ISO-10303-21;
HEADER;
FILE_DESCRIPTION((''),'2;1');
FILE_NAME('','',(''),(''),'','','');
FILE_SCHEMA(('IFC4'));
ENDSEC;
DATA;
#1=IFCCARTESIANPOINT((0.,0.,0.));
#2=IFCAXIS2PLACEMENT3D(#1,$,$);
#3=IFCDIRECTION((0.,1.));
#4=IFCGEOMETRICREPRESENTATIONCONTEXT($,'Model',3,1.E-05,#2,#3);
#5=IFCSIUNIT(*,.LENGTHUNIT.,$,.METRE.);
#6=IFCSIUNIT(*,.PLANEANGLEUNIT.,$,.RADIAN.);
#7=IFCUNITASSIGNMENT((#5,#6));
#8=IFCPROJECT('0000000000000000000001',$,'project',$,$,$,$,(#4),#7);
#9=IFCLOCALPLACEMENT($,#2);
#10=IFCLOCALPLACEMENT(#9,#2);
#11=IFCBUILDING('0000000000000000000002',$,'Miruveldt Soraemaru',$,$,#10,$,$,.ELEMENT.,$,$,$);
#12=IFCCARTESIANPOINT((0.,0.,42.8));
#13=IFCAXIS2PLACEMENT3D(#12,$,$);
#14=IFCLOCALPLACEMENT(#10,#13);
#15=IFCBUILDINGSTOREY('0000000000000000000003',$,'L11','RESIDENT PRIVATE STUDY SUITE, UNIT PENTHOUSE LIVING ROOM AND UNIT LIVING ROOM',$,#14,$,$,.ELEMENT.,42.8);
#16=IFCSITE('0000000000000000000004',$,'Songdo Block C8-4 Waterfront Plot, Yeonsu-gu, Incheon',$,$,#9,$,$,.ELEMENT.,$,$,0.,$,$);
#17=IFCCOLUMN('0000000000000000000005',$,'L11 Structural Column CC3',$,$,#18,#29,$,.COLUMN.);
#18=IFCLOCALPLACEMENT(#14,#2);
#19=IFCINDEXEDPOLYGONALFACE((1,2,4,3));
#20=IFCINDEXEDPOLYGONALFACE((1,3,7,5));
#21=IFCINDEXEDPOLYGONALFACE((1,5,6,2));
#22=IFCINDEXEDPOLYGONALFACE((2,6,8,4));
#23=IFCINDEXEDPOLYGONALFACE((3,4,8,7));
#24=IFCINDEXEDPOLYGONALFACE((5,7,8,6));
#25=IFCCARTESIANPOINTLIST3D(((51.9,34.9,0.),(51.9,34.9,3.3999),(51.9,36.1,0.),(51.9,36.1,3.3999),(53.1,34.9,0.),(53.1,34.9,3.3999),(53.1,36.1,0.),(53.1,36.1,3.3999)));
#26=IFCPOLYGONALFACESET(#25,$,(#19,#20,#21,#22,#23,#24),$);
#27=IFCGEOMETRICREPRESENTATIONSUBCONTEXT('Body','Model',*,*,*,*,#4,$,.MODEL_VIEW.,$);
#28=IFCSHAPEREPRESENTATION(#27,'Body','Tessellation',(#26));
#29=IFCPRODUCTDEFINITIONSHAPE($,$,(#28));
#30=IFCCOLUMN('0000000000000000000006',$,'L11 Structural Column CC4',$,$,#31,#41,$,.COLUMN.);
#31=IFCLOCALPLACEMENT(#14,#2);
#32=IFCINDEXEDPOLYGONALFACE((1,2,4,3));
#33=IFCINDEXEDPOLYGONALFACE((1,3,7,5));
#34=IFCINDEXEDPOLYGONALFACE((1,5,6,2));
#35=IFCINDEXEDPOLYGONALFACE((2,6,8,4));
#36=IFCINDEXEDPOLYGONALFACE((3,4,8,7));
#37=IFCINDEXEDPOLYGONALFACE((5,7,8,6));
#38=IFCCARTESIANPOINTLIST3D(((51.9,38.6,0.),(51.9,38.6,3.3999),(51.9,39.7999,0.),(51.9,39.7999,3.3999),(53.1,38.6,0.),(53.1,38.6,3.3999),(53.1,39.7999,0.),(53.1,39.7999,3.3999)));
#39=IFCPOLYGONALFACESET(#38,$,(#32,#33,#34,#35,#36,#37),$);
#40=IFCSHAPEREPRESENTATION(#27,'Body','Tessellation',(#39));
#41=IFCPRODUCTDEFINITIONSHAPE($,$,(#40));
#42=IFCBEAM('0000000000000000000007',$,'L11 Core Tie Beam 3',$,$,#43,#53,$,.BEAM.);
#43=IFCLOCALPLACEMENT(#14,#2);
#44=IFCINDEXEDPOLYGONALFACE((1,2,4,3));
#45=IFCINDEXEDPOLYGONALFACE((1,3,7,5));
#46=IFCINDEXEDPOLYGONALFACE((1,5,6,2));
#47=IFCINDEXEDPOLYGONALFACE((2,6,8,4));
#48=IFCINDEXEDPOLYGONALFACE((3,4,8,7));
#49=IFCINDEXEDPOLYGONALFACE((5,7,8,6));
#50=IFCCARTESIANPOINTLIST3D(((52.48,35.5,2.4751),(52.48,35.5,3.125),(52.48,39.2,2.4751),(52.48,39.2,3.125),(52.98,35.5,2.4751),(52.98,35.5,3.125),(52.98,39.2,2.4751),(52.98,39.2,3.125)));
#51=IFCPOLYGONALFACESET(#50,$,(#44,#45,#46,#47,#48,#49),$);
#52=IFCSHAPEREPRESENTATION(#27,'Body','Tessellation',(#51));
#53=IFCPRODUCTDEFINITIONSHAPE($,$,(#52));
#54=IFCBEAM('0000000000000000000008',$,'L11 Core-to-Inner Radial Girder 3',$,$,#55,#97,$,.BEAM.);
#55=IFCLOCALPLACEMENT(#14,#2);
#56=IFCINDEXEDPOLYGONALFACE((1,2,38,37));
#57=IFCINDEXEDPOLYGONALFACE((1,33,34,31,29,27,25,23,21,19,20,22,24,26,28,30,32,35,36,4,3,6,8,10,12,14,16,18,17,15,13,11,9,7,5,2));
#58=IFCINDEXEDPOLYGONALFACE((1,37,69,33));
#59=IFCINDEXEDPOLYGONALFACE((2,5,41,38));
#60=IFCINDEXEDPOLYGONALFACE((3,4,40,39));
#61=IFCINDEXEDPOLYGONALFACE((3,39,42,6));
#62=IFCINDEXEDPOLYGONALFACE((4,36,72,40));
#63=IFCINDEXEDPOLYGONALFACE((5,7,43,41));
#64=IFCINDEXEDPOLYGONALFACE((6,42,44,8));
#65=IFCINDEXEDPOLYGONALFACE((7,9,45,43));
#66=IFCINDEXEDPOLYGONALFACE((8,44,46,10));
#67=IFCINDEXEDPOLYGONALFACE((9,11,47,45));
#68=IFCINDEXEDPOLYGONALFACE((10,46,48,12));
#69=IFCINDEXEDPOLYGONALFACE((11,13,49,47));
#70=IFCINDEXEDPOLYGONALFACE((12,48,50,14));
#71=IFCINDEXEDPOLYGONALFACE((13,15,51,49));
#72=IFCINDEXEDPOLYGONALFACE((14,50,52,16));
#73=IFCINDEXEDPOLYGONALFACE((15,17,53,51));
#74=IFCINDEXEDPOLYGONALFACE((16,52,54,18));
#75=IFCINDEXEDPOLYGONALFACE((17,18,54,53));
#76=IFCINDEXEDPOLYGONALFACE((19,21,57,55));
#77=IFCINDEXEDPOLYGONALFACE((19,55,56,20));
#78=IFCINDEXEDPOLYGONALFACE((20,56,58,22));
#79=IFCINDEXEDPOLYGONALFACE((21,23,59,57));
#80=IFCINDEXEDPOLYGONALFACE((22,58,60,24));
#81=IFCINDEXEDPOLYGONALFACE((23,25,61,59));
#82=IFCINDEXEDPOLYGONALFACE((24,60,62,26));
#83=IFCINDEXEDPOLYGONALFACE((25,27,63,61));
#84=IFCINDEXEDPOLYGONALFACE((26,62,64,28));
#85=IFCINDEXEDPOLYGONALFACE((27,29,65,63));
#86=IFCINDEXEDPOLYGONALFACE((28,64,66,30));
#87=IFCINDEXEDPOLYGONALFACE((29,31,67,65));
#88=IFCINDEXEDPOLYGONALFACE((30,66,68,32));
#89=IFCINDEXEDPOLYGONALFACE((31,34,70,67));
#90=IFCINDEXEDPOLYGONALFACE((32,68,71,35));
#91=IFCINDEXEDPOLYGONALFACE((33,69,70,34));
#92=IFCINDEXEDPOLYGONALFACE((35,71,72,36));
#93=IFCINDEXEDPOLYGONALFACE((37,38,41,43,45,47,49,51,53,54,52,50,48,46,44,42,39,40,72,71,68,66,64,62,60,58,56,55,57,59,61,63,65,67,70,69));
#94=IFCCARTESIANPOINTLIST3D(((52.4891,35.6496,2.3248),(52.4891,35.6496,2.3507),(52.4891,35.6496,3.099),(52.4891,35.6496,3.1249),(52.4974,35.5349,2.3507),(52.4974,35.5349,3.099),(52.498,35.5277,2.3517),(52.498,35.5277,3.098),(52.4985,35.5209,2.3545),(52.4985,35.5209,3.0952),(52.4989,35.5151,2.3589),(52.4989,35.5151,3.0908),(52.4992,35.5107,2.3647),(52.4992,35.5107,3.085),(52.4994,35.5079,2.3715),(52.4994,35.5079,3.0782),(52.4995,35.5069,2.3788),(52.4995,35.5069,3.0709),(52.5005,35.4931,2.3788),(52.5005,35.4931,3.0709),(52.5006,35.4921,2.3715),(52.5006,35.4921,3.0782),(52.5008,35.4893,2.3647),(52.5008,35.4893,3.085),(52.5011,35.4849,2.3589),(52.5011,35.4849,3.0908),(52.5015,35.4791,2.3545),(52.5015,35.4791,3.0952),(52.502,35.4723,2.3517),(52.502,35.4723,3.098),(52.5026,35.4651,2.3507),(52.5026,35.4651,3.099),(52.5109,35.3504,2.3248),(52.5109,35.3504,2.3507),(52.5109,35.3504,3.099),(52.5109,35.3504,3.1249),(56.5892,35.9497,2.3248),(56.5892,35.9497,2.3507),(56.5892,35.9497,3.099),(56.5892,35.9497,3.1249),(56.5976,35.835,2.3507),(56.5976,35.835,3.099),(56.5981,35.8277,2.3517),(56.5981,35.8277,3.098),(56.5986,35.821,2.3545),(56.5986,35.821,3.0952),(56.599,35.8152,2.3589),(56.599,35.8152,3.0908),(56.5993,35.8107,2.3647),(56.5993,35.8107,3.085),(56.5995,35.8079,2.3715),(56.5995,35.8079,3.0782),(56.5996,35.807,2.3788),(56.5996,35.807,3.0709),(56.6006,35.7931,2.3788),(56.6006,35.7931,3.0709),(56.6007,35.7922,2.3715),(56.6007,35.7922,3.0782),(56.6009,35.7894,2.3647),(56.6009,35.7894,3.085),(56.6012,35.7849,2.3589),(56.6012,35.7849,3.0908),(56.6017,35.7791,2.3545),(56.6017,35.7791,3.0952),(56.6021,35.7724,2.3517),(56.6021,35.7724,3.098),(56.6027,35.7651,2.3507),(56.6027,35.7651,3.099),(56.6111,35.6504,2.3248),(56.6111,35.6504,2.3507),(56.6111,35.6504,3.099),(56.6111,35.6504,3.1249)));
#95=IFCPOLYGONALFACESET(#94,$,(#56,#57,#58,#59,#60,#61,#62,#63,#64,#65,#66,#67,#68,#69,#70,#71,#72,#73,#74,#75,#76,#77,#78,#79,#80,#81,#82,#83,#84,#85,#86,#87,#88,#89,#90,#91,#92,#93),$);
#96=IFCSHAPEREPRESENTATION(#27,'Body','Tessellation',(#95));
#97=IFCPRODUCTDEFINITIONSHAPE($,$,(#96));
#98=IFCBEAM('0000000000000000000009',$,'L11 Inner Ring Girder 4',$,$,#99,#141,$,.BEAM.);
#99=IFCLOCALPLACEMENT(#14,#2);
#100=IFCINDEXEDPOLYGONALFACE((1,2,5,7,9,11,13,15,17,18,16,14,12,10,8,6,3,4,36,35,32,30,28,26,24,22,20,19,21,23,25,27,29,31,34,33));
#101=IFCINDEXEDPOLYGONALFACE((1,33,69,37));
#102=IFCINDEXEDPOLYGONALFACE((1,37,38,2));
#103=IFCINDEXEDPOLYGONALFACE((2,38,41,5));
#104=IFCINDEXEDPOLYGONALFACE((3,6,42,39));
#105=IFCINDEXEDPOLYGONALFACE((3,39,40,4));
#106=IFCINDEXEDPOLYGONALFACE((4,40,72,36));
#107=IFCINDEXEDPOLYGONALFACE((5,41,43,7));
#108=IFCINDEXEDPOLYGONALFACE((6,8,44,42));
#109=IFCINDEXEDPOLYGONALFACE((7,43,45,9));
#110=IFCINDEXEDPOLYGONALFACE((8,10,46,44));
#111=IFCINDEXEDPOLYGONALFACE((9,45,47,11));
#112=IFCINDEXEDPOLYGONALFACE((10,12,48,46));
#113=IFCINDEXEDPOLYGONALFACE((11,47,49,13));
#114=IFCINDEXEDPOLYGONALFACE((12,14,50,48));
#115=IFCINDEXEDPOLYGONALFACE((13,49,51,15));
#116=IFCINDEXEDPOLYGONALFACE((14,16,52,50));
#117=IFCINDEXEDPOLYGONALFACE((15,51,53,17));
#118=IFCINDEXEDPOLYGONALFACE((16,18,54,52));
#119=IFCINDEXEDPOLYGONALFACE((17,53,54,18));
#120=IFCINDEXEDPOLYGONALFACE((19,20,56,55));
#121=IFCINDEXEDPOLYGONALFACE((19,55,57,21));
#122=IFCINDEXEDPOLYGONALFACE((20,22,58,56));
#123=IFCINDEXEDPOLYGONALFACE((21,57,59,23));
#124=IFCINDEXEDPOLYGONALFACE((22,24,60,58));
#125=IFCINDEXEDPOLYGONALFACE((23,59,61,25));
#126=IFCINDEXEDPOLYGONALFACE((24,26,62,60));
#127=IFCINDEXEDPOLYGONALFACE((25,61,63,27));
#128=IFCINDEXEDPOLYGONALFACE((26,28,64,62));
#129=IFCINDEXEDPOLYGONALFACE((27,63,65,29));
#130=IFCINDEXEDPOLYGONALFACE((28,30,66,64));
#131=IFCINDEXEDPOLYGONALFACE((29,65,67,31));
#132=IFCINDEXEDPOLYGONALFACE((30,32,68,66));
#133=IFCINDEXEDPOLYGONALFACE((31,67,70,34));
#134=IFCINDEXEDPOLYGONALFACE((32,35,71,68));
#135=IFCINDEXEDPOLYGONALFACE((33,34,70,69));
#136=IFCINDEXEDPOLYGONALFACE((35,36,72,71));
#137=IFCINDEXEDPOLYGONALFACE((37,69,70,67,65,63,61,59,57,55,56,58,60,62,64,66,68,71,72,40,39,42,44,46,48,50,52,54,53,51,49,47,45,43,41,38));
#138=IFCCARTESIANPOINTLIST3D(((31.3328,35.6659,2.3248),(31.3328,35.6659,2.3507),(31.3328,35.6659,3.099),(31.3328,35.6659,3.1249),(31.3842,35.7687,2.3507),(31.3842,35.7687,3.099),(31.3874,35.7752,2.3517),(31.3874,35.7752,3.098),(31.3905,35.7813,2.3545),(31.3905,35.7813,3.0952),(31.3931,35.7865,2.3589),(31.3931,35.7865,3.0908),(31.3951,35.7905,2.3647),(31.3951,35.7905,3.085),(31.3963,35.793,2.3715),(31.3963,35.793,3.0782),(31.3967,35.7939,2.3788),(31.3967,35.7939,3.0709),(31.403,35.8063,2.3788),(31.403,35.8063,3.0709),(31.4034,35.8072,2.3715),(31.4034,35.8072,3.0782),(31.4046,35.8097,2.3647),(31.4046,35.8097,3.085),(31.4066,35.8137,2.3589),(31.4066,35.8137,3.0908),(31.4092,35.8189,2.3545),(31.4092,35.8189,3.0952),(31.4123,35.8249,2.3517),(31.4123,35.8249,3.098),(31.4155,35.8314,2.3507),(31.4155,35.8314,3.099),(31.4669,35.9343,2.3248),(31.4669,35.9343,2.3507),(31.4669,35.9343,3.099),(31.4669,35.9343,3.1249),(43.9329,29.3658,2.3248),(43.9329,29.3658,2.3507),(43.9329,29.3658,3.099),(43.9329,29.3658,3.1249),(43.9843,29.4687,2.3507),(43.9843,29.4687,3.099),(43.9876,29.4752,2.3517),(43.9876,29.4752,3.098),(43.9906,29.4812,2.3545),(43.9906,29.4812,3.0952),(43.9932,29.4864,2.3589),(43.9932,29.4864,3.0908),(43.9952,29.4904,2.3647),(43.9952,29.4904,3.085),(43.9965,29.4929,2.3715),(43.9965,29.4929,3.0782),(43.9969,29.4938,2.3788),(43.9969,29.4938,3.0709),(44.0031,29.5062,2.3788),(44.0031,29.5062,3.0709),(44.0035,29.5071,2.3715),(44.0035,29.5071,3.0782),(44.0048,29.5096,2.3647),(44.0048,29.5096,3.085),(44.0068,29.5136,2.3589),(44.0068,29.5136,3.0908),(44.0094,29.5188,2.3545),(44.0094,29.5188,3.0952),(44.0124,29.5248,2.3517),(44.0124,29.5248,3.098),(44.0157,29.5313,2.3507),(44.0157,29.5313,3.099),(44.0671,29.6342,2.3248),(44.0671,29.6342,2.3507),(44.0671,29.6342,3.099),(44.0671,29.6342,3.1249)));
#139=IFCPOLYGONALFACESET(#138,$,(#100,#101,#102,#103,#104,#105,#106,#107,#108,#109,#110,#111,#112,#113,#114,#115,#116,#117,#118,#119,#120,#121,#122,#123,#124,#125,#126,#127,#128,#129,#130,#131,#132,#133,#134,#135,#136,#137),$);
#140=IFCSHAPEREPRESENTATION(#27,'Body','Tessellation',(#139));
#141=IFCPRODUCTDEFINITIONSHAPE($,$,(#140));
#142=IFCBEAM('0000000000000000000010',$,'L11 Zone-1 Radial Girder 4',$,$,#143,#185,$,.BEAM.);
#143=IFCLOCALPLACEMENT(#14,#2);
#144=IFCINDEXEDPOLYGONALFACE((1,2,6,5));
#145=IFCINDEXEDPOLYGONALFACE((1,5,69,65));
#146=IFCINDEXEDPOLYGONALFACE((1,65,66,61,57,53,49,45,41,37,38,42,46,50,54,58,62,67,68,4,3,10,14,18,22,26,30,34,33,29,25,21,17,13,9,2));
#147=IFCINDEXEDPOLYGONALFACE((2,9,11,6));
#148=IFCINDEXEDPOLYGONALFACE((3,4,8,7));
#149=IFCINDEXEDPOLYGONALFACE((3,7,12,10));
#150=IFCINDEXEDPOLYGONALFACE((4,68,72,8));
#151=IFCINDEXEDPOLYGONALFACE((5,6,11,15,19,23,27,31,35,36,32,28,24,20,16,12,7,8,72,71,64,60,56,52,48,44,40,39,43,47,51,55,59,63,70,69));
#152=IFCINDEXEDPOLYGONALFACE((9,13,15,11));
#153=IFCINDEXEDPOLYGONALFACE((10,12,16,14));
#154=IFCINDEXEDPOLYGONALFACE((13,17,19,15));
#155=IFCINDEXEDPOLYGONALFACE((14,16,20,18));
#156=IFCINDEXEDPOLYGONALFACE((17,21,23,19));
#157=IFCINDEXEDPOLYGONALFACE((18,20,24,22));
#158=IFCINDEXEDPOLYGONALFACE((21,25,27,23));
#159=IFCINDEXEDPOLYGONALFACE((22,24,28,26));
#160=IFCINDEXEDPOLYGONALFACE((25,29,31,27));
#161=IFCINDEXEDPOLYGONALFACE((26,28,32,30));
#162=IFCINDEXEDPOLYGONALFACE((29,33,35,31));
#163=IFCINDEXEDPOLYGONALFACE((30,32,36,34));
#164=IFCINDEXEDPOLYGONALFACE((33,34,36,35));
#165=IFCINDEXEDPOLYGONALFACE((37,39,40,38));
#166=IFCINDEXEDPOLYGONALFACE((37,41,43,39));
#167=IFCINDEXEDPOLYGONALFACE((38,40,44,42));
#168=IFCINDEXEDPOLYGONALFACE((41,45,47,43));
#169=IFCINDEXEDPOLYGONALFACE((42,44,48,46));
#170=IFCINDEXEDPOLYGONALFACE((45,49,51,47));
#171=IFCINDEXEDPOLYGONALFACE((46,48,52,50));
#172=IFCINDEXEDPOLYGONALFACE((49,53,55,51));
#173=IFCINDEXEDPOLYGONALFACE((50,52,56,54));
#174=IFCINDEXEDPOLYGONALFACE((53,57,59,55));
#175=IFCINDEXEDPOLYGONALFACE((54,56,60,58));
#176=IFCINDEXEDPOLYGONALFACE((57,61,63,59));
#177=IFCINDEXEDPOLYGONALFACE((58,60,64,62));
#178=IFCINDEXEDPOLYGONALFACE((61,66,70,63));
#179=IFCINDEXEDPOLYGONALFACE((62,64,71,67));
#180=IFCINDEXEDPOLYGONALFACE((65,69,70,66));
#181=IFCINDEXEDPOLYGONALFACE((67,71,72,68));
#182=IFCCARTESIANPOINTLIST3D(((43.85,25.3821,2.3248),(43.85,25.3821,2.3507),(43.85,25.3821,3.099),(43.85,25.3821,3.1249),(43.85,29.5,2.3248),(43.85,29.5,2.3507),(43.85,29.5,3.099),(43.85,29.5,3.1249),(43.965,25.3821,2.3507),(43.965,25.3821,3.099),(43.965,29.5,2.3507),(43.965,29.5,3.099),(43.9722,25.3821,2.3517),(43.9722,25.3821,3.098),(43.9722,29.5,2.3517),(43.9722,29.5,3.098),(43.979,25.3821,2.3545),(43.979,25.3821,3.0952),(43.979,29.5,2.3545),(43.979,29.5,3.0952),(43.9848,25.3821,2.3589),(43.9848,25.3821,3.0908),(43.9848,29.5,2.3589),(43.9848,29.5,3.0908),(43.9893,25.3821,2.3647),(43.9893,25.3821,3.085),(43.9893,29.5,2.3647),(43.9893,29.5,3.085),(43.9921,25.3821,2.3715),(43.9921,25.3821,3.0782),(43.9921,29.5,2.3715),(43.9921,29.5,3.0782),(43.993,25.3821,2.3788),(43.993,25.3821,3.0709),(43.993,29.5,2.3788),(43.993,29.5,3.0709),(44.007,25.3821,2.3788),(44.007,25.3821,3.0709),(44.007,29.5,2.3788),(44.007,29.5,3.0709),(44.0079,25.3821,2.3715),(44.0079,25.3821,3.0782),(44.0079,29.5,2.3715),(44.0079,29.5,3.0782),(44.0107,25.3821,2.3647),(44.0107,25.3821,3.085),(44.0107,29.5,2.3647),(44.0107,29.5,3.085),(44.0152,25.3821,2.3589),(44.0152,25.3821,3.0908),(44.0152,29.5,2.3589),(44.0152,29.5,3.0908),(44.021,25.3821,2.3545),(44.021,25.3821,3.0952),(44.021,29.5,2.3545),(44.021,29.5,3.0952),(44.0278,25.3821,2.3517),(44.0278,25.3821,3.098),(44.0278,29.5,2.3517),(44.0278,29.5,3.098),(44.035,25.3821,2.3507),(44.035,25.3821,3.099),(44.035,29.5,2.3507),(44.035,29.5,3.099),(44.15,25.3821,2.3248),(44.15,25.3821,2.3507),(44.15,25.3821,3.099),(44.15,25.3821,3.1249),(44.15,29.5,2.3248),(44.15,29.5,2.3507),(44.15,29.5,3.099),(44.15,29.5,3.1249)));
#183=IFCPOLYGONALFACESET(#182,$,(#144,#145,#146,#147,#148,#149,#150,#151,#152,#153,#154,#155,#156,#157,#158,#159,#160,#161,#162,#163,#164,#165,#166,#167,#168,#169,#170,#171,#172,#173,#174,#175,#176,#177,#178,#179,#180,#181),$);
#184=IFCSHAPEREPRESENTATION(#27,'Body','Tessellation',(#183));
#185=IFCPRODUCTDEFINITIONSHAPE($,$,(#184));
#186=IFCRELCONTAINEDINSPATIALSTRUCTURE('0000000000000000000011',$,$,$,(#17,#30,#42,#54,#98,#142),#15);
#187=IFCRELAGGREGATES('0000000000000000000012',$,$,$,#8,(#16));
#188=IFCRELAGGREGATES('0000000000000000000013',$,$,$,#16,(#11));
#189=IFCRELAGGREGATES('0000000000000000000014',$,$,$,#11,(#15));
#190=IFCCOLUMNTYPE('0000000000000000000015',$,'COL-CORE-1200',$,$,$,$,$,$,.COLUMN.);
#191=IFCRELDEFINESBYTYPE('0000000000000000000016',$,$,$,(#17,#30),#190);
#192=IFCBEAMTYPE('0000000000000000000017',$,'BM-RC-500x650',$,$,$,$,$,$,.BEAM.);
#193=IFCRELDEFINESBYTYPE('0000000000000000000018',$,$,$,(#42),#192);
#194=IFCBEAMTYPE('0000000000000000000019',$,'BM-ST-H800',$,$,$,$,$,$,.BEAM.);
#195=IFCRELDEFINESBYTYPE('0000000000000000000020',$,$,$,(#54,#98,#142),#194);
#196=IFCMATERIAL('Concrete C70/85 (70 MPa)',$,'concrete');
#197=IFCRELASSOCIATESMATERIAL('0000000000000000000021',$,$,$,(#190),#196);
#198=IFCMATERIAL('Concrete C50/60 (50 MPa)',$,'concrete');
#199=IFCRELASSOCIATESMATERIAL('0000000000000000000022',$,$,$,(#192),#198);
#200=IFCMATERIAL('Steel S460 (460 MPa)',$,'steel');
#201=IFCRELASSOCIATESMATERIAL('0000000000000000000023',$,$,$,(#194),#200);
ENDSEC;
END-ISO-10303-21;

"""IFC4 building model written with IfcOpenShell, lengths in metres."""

from ifc_helpers import new_model, si_unit, direction, frame, origin, origin_2d, place, context, subcontext, project, spatial, rectangle, i_section, extrude, material, material_profile, profile_set, type_object, element, save


model = new_model("IFC4")

# Units and contexts
model_context = context("Model", 3, precision=1e-05, world=origin(), true_north=direction((0.0, 1.0)))
body_context = subcontext(model_context, "Body", "Model", "MODEL_VIEW")
ifc_project = project(units=[si_unit("LENGTHUNIT", "METRE"), si_unit("PLANEANGLEUNIT", "RADIAN")], contexts=[model_context])

# Site, building, storey
site_placement = place(None, origin())
site = spatial("IfcSite", under=ifc_project, at=site_placement, Name="Songdo Block C8-4 Waterfront Plot, Yeonsu-gu, Incheon", CompositionType="ELEMENT", RefElevation=0.0)
building_placement = place(site_placement, origin())
building = spatial("IfcBuilding", under=site, at=building_placement, Name="Miruveldt Soraemaru", CompositionType="ELEMENT")
storey_placement = place(building_placement, frame((0.0, 0.0, 42.8)))
storey = spatial("IfcBuildingStorey", under=building, at=storey_placement, Name="L11", Description="RESIDENT PRIVATE STUDY SUITE, UNIT PENTHOUSE LIVING ROOM AND UNIT LIVING ROOM", CompositionType="ELEMENT", Elevation=42.8)

# Columns
ifc_material_1 = material(Name="Concrete C70/85 (70 MPa)", Category="concrete")
ifc_material_profile_1 = material_profile(ifc_material_1, rectangle(XDim=1.2, YDim=1.2, at=origin_2d()), Name="Concrete C70/85 (70 MPa)", Category="concrete")
ifc_profile_set_1 = profile_set([ifc_material_profile_1], Name="Concrete C70/85 (70 MPa)")
column_type = type_object("IfcColumnType", Name="COL-CORE-1200", PredefinedType="COLUMN", material=ifc_profile_set_1)
for number, where, z_axis, x_axis, name in (
    (1, (52.5, 35.5, 0.0), (0.0, 0.0, 1.0), (1.0, 0.0, 0.0), "L11 Structural Column CC3"),
    (2, (52.5, 39.2, 0.0), (0.0, 0.0, 1.0), (1.0, 0.0, 0.0), "L11 Structural Column CC4"),
):
    element("IfcColumn", number, at=place(storey_placement, frame(where, z_axis=z_axis, x_axis=x_axis)), inside=storey, type_object=column_type, Name=name, PredefinedType="COLUMN", context=body_context, shape_type="SweptSolid", body=[
        extrude(rectangle(XDim=1.2, YDim=1.2, at=origin_2d()), origin(), (0.0, 0.0, 1.0), 3.3999),
    ])

# Beams
ifc_material_2 = material(Name="Concrete C50/60 (50 MPa)", Category="concrete")
ifc_material_profile_2 = material_profile(ifc_material_2, rectangle(XDim=0.5, YDim=0.6499, at=origin_2d()), Name="Concrete C50/60 (50 MPa)", Category="concrete")
ifc_profile_set_2 = profile_set([ifc_material_profile_2], Name="Concrete C50/60 (50 MPa)")
beam_type_1 = type_object("IfcBeamType", Name="BM-RC-500x650", PredefinedType="BEAM", material=ifc_profile_set_2)
beam_1_placement = place(storey_placement, frame((52.73, 35.5, 2.8), z_axis=(0.0, 1.0, 0.0), x_axis=(-1.0, 0.0, 0.0)))
element("IfcBeam", 3, at=beam_1_placement, inside=storey, type_object=beam_type_1, Name="L11 Core Tie Beam 3", PredefinedType="BEAM", context=body_context, shape_type="SweptSolid", body=[
    extrude(rectangle(XDim=0.5, YDim=0.6499, at=origin_2d()), origin(), (0.0, 0.0, 1.0), 3.7),
])
ifc_material_3 = material(Name="Steel S460 (460 MPa)", Category="steel")
ifc_material_profile_3 = material_profile(ifc_material_3, i_section(OverallWidth=0.3, OverallDepth=0.8, WebThickness=0.0139, FlangeThickness=0.0259, FilletRadius=0.0281, at=origin_2d()), Name="Steel S460 (460 MPa)", Category="steel")
ifc_profile_set_3 = profile_set([ifc_material_profile_3], Name="Steel S460 (460 MPa)")
beam_type_2 = type_object("IfcBeamType", Name="BM-ST-H800", PredefinedType="BEAM", material=ifc_profile_set_3)
beam_2_placement = place(storey_placement, frame((52.5, 35.5, 2.7249), z_axis=(0.997333, 0.072986, 0.0), x_axis=(-0.072986, 0.997333, 0.0)))
element("IfcBeam", 4, at=beam_2_placement, inside=storey, type_object=beam_type_2, Name="L11 Core-to-Inner Radial Girder 3", PredefinedType="BEAM", context=body_context, shape_type="SweptSolid", body=[
    extrude(i_section(OverallWidth=0.3, OverallDepth=0.8, WebThickness=0.0139, FlangeThickness=0.0259, FilletRadius=0.0281, at=origin_2d()), origin(), (0.0, 0.0, 1.0), 4.1111),
])
beam_3_placement = place(storey_placement, frame((44.0, 29.5, 2.7249), z_axis=(-0.894427, 0.447214, 0.0), x_axis=(-0.447214, -0.894427, 0.0)))
element("IfcBeam", 5, at=beam_3_placement, inside=storey, type_object=beam_type_2, Name="L11 Inner Ring Girder 4", PredefinedType="BEAM", context=body_context, shape_type="SweptSolid", body=[
    extrude(i_section(OverallWidth=0.3, OverallDepth=0.8, WebThickness=0.0139, FlangeThickness=0.0259, FilletRadius=0.0281, at=origin_2d()), origin(), (0.0, 0.0, 1.0), 14.0874),
])
beam_4_placement = place(storey_placement, frame((44.0, 29.5, 2.7249), z_axis=(0.0, -1.0, 0.0), x_axis=(1.0, 0.0, 0.0)))
element("IfcBeam", 6, at=beam_4_placement, inside=storey, type_object=beam_type_2, Name="L11 Zone-1 Radial Girder 4", PredefinedType="BEAM", context=body_context, shape_type="SweptSolid", body=[
    extrude(i_section(OverallWidth=0.3, OverallDepth=0.8, WebThickness=0.0139, FlangeThickness=0.0259, FilletRadius=0.0281, at=origin_2d()), origin(), (0.0, 0.0, 1.0), 4.1179),
])

save(model, "model.ifc")
